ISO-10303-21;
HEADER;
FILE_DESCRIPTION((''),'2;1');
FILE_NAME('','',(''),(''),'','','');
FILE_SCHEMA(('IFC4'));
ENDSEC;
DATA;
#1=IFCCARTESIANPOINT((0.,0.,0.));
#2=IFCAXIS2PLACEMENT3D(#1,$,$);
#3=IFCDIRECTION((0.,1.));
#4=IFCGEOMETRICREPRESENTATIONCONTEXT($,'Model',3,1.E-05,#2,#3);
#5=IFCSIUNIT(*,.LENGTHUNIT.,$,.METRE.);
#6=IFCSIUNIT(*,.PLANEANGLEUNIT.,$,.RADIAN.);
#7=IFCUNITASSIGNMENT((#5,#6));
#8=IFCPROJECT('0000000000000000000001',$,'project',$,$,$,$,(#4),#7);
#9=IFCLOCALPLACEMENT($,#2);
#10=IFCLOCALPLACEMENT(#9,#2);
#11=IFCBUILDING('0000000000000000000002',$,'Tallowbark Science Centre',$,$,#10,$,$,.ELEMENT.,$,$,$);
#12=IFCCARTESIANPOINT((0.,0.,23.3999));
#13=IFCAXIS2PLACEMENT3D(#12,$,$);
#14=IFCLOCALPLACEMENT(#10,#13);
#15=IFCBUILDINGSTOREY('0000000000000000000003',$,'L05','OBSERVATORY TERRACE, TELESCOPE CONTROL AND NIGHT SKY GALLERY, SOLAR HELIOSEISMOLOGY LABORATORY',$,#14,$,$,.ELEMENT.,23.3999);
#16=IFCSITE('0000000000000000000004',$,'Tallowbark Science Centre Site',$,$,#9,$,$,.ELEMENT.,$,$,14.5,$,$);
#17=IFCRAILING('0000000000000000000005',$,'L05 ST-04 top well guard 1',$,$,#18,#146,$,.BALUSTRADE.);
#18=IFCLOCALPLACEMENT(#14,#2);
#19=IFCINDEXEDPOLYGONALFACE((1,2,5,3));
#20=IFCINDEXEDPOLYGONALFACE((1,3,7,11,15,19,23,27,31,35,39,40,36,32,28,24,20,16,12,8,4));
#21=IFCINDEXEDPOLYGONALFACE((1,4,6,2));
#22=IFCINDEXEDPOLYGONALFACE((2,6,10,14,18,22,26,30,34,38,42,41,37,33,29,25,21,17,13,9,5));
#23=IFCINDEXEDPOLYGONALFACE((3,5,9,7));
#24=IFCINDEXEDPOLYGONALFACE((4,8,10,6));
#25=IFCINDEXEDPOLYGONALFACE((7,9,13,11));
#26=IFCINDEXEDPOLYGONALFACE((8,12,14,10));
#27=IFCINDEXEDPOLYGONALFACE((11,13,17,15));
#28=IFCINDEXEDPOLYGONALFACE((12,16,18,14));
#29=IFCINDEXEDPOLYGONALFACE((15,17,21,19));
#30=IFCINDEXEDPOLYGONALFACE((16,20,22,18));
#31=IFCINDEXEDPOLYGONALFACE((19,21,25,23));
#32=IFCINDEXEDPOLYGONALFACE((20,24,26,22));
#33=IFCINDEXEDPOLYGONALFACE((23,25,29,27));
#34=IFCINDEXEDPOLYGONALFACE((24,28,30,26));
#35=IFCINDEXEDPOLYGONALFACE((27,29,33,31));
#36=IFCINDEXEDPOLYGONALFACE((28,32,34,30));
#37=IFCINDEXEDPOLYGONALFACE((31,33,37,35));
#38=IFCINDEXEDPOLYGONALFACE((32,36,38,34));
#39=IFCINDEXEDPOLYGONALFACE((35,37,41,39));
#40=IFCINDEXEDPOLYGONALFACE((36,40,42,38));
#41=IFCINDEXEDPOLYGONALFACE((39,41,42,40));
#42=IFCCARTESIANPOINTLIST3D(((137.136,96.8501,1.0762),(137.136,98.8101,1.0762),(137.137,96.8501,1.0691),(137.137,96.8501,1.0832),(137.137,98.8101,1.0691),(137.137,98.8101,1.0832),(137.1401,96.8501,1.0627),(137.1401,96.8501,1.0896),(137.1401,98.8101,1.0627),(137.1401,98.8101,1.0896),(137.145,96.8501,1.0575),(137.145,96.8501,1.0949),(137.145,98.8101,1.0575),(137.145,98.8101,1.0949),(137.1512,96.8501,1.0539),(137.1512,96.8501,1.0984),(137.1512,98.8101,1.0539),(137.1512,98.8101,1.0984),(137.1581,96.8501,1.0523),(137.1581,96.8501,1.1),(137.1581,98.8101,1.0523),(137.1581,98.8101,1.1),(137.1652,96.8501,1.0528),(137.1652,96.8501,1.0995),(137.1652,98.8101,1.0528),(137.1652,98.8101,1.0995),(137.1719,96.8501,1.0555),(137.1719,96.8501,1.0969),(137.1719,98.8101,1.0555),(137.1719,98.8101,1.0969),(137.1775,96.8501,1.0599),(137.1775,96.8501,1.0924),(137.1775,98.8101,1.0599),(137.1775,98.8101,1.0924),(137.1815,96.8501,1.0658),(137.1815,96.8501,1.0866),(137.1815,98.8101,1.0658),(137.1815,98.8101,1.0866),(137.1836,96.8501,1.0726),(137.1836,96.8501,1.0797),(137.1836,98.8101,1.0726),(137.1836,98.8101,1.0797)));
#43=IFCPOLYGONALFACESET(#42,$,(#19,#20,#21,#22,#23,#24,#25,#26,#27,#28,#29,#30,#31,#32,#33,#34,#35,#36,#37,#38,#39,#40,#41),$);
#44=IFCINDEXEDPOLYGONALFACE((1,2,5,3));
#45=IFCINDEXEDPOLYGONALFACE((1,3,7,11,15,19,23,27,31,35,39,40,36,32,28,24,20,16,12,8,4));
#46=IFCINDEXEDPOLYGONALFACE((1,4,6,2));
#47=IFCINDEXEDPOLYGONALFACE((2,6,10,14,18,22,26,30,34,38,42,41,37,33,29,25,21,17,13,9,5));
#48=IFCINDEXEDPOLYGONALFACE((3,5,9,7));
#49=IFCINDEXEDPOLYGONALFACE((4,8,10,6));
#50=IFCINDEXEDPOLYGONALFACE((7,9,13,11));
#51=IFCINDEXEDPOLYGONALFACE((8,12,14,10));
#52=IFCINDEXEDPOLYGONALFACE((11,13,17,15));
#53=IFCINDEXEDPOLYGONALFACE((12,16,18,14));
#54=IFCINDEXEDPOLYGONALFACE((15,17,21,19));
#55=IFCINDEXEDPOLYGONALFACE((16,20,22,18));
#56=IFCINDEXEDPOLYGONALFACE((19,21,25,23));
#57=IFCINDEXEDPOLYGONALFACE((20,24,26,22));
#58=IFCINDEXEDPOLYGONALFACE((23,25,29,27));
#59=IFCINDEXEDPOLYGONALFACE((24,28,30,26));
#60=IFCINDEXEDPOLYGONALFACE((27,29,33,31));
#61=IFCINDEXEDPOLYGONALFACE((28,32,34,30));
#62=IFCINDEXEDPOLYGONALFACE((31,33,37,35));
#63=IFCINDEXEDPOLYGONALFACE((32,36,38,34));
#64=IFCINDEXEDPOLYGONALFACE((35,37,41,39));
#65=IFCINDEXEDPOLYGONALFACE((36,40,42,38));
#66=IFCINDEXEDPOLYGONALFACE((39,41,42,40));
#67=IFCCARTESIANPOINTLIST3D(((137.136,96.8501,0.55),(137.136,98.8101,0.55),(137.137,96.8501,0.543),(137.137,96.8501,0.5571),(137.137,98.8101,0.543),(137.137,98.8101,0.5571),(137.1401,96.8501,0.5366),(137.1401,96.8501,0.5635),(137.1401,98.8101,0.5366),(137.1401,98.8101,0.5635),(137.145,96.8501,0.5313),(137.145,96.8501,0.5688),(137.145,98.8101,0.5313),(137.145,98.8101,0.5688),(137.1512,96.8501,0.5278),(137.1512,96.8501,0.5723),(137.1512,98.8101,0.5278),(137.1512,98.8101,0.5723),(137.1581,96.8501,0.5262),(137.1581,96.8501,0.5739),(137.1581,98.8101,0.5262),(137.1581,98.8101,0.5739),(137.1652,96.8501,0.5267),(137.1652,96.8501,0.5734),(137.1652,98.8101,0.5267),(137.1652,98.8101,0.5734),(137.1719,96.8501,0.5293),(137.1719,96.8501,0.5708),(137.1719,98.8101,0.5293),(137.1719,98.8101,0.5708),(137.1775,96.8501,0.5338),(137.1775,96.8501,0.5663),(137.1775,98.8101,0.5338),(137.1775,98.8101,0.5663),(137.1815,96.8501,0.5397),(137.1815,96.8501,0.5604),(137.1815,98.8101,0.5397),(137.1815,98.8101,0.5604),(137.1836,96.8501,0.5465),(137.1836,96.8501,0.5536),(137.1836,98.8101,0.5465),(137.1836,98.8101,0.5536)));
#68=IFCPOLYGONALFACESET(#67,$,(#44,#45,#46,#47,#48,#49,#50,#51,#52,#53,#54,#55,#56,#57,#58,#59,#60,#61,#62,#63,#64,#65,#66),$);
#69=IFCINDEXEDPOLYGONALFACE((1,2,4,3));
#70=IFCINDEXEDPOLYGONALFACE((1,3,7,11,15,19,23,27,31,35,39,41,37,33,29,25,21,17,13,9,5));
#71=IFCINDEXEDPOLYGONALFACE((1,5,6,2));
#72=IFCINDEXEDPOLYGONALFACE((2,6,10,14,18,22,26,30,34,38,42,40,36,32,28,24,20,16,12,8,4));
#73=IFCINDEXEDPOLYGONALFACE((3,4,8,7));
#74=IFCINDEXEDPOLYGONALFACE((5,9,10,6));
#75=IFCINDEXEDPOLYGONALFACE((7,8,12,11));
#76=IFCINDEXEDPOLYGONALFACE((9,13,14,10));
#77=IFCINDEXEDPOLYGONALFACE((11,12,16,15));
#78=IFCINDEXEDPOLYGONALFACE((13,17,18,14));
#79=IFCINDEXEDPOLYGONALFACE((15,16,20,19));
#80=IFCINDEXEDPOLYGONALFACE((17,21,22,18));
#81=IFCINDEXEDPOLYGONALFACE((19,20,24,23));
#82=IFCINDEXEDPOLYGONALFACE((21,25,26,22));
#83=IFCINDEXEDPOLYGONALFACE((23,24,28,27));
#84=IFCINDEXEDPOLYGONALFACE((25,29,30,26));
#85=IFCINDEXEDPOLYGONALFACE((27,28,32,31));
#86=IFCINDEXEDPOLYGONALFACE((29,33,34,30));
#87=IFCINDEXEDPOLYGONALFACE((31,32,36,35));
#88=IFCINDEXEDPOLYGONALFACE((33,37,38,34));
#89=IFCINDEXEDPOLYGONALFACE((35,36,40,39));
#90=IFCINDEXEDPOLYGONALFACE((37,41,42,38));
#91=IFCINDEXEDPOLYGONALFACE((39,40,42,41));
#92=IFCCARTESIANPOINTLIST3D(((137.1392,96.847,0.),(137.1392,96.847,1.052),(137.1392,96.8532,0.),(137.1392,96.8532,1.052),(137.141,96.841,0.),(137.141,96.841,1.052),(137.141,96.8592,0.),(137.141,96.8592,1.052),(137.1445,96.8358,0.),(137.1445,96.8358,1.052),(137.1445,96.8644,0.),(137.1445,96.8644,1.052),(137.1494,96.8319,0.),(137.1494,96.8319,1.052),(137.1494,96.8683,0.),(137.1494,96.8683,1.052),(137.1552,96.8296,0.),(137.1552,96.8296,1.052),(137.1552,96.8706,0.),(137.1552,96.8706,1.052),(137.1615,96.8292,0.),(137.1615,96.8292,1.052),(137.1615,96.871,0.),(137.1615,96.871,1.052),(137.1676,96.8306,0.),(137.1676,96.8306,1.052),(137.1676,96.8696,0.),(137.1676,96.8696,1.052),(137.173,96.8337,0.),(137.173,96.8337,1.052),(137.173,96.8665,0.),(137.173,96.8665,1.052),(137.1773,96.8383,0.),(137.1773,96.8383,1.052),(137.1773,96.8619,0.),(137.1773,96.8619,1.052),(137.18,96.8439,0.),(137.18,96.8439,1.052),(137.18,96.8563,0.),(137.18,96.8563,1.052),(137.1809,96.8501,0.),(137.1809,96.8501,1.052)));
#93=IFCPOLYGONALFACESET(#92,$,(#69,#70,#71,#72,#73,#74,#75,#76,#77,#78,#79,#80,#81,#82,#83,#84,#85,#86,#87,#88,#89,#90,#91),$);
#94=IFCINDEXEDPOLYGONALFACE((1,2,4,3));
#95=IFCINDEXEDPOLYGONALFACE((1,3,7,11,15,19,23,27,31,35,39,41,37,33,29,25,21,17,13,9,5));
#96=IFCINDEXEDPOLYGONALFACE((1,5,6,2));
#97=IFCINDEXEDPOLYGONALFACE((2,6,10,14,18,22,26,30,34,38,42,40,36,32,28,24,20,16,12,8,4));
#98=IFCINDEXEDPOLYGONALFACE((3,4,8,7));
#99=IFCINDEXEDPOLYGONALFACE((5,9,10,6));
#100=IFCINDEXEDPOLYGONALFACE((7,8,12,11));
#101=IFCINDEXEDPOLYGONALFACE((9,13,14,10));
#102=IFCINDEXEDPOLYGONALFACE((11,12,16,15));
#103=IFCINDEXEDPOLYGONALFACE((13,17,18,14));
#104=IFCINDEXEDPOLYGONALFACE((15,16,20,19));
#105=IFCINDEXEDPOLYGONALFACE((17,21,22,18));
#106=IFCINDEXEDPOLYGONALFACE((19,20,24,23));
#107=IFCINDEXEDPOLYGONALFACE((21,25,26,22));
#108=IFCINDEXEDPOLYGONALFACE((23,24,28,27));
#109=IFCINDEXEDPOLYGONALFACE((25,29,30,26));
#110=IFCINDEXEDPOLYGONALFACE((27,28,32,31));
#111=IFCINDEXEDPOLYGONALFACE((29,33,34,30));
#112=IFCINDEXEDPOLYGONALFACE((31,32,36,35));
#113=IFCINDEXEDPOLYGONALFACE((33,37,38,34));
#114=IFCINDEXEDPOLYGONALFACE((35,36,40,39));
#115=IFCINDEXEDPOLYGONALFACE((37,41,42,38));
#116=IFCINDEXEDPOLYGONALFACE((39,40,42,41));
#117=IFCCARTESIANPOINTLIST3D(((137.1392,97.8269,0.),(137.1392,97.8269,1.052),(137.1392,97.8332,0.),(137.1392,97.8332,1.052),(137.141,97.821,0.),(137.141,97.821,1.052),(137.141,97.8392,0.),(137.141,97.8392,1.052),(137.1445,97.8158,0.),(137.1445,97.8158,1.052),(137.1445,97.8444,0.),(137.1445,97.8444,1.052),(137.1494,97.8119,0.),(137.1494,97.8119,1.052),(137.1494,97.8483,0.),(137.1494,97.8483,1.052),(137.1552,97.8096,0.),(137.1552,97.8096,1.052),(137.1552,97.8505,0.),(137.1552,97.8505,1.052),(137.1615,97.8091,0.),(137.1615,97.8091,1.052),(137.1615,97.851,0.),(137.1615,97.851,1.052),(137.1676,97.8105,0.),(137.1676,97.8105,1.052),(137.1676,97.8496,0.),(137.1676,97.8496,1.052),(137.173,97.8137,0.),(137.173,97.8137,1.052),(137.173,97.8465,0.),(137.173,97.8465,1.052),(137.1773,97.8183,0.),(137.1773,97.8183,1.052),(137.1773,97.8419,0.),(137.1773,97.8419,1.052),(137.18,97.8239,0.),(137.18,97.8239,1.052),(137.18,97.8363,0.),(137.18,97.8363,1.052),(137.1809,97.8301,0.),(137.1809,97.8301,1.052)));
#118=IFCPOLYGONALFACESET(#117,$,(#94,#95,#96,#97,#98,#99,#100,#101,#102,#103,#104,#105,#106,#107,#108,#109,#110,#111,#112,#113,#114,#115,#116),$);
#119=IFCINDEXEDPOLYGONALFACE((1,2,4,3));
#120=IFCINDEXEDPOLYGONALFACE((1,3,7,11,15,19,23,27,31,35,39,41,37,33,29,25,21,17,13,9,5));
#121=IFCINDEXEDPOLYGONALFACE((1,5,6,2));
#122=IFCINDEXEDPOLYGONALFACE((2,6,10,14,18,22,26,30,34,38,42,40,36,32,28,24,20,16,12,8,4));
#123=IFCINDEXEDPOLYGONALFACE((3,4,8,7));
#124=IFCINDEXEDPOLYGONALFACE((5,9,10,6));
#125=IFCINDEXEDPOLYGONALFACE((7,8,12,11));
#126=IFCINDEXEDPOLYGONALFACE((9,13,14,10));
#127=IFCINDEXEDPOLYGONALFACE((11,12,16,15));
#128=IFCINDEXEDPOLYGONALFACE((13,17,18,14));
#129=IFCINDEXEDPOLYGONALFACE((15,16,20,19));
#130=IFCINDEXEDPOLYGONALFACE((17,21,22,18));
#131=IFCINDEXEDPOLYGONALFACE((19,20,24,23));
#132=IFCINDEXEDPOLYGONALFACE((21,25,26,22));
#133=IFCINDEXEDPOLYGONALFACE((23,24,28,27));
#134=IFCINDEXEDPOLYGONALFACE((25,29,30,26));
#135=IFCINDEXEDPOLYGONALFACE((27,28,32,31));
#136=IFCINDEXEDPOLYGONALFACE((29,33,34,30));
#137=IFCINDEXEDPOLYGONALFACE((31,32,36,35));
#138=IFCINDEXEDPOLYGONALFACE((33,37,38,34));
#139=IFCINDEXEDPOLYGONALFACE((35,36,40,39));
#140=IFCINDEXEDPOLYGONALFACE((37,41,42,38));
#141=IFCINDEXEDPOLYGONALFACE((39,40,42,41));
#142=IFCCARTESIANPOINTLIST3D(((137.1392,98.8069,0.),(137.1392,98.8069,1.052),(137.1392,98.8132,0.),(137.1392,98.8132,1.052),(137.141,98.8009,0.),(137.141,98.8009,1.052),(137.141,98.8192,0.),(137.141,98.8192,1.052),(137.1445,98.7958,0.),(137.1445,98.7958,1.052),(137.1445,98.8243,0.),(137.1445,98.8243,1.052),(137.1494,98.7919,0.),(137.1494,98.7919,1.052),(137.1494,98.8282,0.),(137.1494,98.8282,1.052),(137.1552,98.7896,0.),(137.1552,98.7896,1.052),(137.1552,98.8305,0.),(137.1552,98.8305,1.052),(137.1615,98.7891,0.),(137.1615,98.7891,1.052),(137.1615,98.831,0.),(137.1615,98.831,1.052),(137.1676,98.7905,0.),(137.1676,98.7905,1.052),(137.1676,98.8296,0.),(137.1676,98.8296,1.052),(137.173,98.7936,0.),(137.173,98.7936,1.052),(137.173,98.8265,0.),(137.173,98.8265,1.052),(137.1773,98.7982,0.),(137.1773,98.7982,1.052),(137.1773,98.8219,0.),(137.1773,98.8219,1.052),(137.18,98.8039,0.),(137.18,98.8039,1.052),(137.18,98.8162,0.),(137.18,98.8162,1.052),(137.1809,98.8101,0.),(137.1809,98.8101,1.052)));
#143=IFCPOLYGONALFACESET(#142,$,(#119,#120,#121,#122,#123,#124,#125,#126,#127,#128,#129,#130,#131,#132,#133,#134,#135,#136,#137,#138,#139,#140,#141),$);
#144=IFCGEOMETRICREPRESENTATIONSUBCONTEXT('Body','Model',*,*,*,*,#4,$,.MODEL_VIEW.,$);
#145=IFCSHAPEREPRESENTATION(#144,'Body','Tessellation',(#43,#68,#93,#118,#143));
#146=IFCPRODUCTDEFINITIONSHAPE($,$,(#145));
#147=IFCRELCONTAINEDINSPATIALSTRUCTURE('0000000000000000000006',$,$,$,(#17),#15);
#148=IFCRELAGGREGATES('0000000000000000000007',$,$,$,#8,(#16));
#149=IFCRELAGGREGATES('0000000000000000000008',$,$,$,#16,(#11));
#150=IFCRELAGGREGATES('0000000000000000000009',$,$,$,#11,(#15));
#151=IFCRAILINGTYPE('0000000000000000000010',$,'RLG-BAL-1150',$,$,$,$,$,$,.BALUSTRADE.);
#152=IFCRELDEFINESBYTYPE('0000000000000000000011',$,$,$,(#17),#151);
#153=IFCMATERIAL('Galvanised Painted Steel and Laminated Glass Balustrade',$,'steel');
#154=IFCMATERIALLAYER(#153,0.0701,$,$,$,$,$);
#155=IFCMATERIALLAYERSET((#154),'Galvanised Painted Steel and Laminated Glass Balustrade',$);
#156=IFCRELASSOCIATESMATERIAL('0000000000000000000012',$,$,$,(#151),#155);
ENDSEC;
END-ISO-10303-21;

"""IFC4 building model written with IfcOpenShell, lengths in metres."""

from ifc_helpers import new_model, si_unit, direction, frame, origin, origin_2d, place, context, subcontext, project, spatial, circle, extrude, material, layer, layer_set, type_object, element, save


model = new_model("IFC4")

# Units and contexts
model_context = context("Model", 3, precision=1e-05, world=origin(), true_north=direction((0.0, 1.0)))
body_context = subcontext(model_context, "Body", "Model", "MODEL_VIEW")
ifc_project = project(units=[si_unit("LENGTHUNIT", "METRE"), si_unit("PLANEANGLEUNIT", "RADIAN")], contexts=[model_context])

# Site, building, storey
site_placement = place(None, origin())
site = spatial("IfcSite", under=ifc_project, at=site_placement, Name="Tallowbark Science Centre Site", CompositionType="ELEMENT", RefElevation=14.5)
building_placement = place(site_placement, origin())
building = spatial("IfcBuilding", under=site, at=building_placement, Name="Tallowbark Science Centre", CompositionType="ELEMENT")
storey_placement = place(building_placement, frame((0.0, 0.0, 23.3999)))
storey = spatial("IfcBuildingStorey", under=building, at=storey_placement, Name="L05", Description="OBSERVATORY TERRACE, TELESCOPE CONTROL AND NIGHT SKY GALLERY, SOLAR HELIOSEISMOLOGY LABORATORY", CompositionType="ELEMENT", Elevation=23.3999)

# Railing
ifc_material_1 = material(Name="Galvanised Painted Steel and Laminated Glass Balustrade", Category="steel")
ifc_layer_1 = layer(ifc_material_1, 0.0701)
ifc_layer_set_1 = layer_set([ifc_layer_1], Name="Galvanised Painted Steel and Laminated Glass Balustrade")
railing_type = type_object("IfcRailingType", Name="RLG-BAL-1150", PredefinedType="BALUSTRADE", material=ifc_layer_set_1)
railing_placement = place(storey_placement, frame((137.1599, 96.8501, 0.0)))
element("IfcRailing", 1, at=railing_placement, inside=storey, type_object=railing_type, Name="L05 ST-04 top well guard 1", PredefinedType="BALUSTRADE", context=body_context, shape_type="SweptSolid", body=[
    extrude(circle(Radius=0.0239, at=origin_2d()), frame((0.0, 0.0, 1.0762), z_axis=(0.0, 1.0, 0.0), x_axis=(-1.0, 0.0, 0.0)), (0.0, 0.0, 1.0), 1.96),
    extrude(circle(Radius=0.0239, at=origin_2d()), frame((0.0, 0.0, 0.55), z_axis=(0.0, 1.0, 0.0), x_axis=(-1.0, 0.0, 0.0)), (0.0, 0.0, 1.0), 1.96),
    extrude(circle(Radius=0.021, at=origin_2d()), origin(), (0.0, 0.0, 1.0), 1.052),
    extrude(circle(Radius=0.021, at=origin_2d()), frame((0.0, 0.98, 0.0)), (0.0, 0.0, 1.0), 1.052),
    extrude(circle(Radius=0.021, at=origin_2d()), frame((0.0, 1.96, 0.0)), (0.0, 0.0, 1.0), 1.052),
])

save(model, "model.ifc")
